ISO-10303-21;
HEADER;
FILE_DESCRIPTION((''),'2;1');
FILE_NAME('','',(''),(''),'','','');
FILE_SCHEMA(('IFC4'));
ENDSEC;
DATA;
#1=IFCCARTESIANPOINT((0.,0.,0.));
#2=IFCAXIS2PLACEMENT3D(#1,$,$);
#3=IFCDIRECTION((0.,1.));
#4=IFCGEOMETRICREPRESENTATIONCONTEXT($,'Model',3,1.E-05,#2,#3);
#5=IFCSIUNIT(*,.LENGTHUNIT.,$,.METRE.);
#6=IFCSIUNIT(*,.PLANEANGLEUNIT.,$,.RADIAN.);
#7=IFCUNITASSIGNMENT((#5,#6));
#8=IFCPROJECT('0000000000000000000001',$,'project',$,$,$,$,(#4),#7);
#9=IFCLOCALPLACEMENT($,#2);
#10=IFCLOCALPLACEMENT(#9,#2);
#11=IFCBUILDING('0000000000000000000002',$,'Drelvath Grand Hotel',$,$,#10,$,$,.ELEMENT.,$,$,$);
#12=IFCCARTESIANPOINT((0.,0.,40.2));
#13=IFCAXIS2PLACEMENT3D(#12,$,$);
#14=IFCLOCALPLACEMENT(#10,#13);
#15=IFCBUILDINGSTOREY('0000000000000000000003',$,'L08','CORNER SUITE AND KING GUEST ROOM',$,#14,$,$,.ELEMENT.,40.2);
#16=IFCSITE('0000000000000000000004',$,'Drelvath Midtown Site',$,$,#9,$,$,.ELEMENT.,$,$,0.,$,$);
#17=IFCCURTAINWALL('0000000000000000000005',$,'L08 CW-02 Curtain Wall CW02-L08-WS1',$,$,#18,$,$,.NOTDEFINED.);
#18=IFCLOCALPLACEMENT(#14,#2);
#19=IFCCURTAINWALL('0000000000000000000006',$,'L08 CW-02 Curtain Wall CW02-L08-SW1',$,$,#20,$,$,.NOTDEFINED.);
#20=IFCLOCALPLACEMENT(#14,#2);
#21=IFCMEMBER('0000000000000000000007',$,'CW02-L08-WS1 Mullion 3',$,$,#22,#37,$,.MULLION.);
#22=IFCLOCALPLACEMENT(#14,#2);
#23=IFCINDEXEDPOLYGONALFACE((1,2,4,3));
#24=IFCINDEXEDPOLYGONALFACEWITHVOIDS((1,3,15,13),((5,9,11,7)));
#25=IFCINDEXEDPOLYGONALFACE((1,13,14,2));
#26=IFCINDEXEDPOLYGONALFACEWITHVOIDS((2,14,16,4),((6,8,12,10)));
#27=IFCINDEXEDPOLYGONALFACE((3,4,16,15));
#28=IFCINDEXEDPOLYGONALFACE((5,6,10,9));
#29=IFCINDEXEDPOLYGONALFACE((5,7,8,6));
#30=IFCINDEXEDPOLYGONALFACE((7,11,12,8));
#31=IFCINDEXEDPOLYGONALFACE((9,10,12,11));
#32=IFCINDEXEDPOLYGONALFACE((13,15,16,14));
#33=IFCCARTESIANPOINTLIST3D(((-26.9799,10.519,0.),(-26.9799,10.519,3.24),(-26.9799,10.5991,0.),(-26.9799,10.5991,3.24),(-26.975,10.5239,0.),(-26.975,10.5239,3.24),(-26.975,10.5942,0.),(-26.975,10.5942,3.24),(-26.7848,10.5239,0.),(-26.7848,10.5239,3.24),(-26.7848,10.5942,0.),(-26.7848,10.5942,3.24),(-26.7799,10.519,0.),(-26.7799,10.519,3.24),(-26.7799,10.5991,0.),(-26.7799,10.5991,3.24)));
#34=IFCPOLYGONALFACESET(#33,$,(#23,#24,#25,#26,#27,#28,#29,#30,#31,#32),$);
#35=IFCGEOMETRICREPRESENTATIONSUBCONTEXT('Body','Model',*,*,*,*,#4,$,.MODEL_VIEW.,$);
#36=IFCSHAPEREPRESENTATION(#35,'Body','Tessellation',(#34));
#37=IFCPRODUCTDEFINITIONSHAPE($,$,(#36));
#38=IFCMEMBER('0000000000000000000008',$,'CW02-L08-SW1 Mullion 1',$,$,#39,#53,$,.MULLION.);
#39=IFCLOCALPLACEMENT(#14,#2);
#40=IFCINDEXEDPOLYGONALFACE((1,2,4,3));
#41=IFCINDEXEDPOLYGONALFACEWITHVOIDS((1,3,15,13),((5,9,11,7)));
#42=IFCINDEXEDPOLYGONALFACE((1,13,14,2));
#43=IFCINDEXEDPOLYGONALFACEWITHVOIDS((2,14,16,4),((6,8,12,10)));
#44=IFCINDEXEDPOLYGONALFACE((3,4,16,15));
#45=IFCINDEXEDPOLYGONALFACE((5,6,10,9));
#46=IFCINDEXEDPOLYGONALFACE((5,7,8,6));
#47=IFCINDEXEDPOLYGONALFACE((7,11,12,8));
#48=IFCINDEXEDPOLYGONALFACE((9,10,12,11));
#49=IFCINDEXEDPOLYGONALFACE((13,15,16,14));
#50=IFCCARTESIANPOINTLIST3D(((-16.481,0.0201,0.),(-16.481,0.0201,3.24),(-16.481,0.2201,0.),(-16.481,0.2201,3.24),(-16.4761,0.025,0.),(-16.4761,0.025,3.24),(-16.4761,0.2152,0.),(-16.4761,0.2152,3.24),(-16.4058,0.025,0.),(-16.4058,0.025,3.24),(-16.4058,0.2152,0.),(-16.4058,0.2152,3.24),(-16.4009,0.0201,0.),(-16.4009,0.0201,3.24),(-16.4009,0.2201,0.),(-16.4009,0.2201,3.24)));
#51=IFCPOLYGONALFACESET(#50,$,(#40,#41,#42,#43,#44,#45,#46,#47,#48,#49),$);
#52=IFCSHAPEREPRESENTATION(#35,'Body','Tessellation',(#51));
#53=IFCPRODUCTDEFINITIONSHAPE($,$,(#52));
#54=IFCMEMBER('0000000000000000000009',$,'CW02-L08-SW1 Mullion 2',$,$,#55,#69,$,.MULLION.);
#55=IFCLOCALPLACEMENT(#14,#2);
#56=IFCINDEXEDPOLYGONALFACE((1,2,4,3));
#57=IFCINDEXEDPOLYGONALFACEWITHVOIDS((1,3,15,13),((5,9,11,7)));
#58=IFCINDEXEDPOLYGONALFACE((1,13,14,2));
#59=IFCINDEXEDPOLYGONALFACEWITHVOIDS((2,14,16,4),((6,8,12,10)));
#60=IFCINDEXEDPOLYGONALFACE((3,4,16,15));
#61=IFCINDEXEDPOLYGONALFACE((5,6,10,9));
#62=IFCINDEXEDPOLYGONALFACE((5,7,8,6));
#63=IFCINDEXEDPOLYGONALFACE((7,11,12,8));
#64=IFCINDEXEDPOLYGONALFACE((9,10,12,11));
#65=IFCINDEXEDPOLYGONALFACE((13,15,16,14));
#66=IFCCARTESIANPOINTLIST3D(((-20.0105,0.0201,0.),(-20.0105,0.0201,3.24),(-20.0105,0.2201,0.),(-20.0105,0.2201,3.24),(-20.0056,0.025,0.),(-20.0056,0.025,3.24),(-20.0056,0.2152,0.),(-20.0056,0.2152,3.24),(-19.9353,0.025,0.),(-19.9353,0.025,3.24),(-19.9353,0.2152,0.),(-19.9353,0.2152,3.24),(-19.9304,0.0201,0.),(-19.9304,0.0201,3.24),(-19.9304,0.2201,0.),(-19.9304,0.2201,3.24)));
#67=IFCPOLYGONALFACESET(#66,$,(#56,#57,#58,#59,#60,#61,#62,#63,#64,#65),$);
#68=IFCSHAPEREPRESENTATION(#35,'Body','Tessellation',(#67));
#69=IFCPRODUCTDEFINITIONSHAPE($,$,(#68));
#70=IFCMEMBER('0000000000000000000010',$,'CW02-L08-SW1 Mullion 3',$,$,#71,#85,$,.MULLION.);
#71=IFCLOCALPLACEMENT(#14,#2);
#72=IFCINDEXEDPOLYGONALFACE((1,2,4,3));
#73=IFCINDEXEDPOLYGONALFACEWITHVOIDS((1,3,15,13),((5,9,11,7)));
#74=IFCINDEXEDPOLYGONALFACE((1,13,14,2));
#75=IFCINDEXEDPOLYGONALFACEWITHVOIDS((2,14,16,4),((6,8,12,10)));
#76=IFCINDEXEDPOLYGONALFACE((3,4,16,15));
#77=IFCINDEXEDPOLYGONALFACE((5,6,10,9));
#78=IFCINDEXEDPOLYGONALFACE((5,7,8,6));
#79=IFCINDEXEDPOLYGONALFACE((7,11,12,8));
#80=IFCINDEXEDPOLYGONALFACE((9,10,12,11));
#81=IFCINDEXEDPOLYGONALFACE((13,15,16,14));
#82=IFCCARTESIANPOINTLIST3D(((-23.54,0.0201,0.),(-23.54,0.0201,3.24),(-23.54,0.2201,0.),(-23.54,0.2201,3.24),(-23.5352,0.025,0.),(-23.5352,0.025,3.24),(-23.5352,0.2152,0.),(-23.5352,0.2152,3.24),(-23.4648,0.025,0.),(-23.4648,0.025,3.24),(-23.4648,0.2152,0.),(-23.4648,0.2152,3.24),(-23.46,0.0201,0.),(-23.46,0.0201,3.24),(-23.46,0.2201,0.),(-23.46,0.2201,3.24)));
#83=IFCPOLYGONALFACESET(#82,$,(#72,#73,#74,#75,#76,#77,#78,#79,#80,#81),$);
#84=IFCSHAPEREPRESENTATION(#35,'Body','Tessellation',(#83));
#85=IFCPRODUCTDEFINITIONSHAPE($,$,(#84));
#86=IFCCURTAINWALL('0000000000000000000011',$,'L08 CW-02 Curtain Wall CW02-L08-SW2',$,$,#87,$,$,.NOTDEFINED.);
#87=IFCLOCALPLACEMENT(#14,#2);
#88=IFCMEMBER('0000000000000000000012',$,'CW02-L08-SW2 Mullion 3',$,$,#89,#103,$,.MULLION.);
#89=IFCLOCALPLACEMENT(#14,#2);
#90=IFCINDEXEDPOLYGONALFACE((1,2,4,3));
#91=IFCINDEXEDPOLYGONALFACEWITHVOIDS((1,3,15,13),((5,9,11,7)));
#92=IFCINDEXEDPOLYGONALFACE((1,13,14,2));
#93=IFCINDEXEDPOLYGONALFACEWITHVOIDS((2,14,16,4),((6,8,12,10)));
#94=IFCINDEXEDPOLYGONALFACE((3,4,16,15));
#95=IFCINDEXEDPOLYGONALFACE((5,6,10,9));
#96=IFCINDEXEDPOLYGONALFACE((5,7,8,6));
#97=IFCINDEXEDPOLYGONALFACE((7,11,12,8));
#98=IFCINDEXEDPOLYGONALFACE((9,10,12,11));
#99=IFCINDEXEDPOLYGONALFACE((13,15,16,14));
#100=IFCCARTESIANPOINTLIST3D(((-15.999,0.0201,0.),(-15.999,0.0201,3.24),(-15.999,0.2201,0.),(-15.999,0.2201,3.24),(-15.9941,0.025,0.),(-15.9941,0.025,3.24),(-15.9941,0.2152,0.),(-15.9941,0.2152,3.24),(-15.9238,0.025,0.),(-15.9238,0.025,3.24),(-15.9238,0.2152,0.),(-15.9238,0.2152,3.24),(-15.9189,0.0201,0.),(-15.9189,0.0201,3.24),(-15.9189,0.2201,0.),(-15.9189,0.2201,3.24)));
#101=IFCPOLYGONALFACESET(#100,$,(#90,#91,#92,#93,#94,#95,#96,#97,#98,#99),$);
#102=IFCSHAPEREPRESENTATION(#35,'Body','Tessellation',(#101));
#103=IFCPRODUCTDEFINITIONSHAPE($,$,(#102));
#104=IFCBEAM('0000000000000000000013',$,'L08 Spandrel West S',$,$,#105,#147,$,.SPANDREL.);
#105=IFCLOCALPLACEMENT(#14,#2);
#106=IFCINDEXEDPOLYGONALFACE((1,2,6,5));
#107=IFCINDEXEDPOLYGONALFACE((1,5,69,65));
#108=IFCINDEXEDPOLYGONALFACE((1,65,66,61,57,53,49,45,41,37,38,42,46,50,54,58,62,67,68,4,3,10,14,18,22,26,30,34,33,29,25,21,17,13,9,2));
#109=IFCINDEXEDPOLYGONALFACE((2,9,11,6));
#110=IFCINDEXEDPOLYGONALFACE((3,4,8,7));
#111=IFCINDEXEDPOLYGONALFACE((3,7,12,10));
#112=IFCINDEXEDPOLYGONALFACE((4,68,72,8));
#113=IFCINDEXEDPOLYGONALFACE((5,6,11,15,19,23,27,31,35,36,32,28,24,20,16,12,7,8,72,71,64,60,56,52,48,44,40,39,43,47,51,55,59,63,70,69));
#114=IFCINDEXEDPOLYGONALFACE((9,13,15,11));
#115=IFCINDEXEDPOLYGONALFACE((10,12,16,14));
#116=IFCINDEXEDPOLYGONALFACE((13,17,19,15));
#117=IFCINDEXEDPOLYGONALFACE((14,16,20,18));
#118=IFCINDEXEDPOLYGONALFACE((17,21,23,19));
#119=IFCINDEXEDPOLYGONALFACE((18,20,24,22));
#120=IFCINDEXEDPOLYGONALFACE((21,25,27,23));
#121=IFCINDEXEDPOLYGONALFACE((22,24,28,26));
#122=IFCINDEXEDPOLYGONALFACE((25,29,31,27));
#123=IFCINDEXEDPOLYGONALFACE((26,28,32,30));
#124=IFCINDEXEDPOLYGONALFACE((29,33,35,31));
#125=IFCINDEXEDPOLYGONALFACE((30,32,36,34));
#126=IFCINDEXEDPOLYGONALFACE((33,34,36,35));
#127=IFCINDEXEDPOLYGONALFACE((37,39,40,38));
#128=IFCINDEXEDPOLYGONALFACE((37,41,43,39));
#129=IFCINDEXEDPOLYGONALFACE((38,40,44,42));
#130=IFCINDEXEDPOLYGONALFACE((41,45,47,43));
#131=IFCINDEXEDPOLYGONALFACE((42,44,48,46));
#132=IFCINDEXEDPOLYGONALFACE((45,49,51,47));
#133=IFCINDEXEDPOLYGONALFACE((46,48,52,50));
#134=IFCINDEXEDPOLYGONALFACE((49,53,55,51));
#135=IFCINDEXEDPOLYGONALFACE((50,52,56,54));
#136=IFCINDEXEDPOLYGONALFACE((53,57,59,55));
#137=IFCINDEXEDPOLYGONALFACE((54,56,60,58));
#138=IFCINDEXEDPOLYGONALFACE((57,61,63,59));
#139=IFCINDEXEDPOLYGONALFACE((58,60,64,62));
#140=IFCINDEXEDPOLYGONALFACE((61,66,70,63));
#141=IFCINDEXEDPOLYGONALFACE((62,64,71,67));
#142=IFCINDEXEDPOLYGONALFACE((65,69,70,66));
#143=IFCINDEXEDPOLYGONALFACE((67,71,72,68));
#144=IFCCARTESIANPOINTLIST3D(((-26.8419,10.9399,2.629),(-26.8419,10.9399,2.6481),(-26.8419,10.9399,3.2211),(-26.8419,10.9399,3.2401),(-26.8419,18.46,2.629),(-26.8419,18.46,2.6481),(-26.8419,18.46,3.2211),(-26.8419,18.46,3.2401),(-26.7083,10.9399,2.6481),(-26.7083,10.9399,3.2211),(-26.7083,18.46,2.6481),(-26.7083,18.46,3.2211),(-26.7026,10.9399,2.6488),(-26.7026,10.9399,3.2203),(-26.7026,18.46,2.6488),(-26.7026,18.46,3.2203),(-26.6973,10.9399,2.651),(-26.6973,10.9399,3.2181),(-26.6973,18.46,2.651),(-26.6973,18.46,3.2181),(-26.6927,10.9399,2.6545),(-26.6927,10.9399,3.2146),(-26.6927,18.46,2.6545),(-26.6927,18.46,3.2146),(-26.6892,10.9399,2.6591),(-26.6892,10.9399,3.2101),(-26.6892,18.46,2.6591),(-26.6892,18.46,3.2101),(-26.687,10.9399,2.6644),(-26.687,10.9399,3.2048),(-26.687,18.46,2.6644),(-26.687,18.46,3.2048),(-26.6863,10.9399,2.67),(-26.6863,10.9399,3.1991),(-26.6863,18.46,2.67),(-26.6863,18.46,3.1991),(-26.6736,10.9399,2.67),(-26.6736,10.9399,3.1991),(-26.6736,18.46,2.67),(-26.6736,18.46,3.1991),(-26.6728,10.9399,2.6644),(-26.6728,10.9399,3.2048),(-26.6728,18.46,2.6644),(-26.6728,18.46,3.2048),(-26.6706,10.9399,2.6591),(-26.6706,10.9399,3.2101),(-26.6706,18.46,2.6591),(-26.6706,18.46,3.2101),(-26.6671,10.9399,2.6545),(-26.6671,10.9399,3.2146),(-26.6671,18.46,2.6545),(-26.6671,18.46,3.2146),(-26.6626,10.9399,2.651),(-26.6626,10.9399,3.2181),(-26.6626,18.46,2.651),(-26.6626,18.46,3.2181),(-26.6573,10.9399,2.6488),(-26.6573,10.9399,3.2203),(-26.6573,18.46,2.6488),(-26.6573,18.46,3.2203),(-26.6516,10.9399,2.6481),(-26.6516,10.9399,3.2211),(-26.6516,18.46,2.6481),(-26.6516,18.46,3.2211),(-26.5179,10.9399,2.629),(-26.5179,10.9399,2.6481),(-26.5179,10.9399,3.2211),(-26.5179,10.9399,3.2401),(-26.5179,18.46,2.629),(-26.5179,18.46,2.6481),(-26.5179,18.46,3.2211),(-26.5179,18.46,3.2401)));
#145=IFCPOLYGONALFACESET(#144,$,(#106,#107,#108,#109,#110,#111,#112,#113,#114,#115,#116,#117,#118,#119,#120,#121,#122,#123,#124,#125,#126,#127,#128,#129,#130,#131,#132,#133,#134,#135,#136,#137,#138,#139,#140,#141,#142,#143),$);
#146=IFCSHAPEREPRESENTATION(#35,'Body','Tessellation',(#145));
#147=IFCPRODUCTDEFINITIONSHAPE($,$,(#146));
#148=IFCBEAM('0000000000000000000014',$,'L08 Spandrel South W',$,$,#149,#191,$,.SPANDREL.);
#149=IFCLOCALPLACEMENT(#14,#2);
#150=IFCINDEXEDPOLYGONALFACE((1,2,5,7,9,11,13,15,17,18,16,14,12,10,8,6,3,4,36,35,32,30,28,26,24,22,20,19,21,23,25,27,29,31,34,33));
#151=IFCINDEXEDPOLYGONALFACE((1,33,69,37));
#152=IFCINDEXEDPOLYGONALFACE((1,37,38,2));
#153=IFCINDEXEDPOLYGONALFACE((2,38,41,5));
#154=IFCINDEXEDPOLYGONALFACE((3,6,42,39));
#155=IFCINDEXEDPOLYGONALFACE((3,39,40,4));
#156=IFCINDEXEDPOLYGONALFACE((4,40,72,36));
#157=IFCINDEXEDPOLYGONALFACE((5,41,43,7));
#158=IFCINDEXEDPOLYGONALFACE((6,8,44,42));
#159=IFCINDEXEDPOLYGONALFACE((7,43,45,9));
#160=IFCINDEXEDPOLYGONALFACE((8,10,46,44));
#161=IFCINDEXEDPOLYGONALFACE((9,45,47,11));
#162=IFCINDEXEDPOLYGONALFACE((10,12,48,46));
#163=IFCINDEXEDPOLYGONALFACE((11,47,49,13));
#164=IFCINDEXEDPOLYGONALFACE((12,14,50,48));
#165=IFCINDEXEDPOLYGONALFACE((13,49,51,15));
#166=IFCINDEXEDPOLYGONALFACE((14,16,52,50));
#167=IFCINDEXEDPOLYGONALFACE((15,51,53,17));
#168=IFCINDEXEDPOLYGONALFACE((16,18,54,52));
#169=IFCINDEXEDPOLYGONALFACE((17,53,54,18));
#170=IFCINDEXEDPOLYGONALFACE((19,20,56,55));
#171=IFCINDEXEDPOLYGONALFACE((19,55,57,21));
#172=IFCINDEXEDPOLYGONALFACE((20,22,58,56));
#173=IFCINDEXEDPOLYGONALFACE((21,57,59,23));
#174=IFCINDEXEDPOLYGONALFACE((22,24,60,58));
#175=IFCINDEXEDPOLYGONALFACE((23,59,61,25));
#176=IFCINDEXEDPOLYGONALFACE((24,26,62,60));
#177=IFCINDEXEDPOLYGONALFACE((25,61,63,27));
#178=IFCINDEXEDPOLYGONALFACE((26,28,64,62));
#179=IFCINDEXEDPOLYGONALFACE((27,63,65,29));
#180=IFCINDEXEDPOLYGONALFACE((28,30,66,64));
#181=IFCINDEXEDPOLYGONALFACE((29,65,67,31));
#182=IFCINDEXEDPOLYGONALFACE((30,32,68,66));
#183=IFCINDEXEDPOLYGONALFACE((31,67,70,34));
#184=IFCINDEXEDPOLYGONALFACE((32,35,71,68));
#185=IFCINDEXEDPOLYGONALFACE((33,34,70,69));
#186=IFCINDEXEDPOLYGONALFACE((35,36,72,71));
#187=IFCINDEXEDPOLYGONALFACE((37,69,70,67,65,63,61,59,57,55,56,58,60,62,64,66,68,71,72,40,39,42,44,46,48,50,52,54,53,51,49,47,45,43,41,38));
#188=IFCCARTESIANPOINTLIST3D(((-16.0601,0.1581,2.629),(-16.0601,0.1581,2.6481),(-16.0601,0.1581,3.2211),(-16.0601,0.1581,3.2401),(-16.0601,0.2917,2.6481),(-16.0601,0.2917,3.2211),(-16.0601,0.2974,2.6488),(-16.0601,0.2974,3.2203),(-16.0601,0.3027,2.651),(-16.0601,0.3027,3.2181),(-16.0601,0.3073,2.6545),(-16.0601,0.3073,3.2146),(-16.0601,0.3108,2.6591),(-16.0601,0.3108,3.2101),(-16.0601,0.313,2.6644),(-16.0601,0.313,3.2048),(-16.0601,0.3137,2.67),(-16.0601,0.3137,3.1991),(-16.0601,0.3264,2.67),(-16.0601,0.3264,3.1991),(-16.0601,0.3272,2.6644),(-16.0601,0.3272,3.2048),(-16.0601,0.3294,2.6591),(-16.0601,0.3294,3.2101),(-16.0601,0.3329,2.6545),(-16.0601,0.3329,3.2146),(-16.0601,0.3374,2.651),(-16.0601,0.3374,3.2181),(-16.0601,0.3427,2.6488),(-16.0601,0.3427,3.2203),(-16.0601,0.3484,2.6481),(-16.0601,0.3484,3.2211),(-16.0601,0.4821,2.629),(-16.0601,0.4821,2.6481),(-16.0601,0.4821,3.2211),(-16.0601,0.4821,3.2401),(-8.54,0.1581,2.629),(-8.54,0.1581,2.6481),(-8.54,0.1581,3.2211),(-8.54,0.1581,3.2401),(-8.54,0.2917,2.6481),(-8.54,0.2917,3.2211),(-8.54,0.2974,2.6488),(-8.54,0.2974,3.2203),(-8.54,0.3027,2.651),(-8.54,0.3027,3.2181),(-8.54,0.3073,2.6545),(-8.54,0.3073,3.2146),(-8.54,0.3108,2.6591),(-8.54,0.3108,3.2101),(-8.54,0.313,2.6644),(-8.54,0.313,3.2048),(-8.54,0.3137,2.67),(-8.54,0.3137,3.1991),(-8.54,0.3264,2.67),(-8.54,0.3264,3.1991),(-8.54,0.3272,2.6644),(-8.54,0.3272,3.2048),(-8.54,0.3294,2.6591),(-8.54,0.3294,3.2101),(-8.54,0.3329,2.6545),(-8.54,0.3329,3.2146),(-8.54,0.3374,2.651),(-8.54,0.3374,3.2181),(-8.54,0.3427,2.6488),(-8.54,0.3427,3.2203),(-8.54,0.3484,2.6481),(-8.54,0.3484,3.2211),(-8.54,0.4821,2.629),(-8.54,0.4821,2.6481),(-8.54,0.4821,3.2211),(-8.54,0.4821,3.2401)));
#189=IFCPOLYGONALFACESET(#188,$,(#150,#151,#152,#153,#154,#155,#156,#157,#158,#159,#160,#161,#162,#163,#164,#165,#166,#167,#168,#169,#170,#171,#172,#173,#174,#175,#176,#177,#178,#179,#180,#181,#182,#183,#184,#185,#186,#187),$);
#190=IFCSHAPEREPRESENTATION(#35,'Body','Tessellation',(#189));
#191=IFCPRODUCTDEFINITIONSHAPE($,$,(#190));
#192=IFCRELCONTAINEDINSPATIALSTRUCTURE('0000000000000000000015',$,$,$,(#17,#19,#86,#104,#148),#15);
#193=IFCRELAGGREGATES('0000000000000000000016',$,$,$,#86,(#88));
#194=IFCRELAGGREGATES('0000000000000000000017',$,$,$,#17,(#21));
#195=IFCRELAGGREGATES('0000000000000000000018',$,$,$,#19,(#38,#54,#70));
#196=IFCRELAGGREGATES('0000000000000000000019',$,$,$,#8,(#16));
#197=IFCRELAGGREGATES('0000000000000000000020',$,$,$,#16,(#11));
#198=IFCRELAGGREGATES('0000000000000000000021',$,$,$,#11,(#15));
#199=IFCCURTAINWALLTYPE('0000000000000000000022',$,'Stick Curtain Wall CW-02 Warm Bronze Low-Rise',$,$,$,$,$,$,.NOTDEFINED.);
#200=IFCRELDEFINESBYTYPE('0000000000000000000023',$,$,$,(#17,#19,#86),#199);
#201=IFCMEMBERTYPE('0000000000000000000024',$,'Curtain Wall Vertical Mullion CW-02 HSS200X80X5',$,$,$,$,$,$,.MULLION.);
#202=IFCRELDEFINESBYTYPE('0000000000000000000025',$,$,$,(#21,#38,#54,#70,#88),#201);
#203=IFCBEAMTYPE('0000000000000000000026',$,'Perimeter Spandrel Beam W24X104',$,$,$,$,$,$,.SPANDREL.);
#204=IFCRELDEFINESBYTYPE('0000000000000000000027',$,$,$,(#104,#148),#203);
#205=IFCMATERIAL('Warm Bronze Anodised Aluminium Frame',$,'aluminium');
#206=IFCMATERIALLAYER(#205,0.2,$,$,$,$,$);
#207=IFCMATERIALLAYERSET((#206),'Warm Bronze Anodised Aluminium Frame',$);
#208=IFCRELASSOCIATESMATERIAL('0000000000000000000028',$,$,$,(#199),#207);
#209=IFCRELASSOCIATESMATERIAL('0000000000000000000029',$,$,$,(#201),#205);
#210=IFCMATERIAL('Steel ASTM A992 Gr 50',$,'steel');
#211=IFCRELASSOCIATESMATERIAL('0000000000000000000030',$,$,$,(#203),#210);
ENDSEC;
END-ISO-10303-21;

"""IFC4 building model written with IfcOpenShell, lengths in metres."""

from ifc_helpers import new_model, si_unit, direction, frame, origin, origin_2d, place, context, subcontext, project, spatial, hollow_rectangle, i_section, extrude, material, layer, layer_set, material_profile, profile_set, type_object, element, aggregate, save


model = new_model("IFC4")

# Units and contexts
model_context = context("Model", 3, precision=1e-05, world=origin(), true_north=direction((0.0, 1.0)))
body_context = subcontext(model_context, "Body", "Model", "MODEL_VIEW")
ifc_project = project(units=[si_unit("LENGTHUNIT", "METRE"), si_unit("PLANEANGLEUNIT", "RADIAN")], contexts=[model_context])

# Site, building, storey
site_placement = place(None, origin())
site = spatial("IfcSite", under=ifc_project, at=site_placement, Name="Drelvath Midtown Site", CompositionType="ELEMENT", RefElevation=0.0)
building_placement = place(site_placement, origin())
building = spatial("IfcBuilding", under=site, at=building_placement, Name="Drelvath Grand Hotel", CompositionType="ELEMENT")
storey_placement = place(building_placement, frame((0.0, 0.0, 40.2)))
storey = spatial("IfcBuildingStorey", under=building, at=storey_placement, Name="L08", Description="CORNER SUITE AND KING GUEST ROOM", CompositionType="ELEMENT", Elevation=40.2)

# Curtain walls
ifc_material_1 = material(Name="Warm Bronze Anodised Aluminium Frame", Category="aluminium")
ifc_layer_1 = layer(ifc_material_1, 0.2)
ifc_layer_set_1 = layer_set([ifc_layer_1], Name="Warm Bronze Anodised Aluminium Frame")
curtain_wall_type = type_object("IfcCurtainWallType", Name="Stick Curtain Wall CW-02 Warm Bronze Low-Rise", PredefinedType="NOTDEFINED", material=ifc_layer_set_1)
curtain_wall_1_placement = place(storey_placement, origin())
curtain_wall_1 = element("IfcCurtainWall", 1, at=curtain_wall_1_placement, inside=storey, type_object=curtain_wall_type, Name="L08 CW-02 Curtain Wall CW02-L08-WS1", PredefinedType="NOTDEFINED")
curtain_wall_2_placement = place(storey_placement, origin())
curtain_wall_2 = element("IfcCurtainWall", 2, at=curtain_wall_2_placement, inside=storey, type_object=curtain_wall_type, Name="L08 CW-02 Curtain Wall CW02-L08-SW1", PredefinedType="NOTDEFINED")

# Members
ifc_material_profile_1 = material_profile(ifc_material_1, hollow_rectangle(XDim=0.0801, YDim=0.2, WallThickness=0.0049, at=origin_2d()), Name="HSS200X80X5")
ifc_profile_set_1 = profile_set([ifc_material_profile_1], Name="Warm Bronze Anodised Aluminium Frame")
member_type_1 = type_object("IfcMemberType", Name="Curtain Wall Vertical Mullion CW-02 HSS200X80X5", PredefinedType="MULLION", material=ifc_profile_set_1)
member_1_placement = place(storey_placement, frame((-26.8799, 10.5591, 0.0), z_axis=(0.0, 0.0, 1.0), x_axis=(0.0, 1.0, 0.0)))
member_1 = element("IfcMember", 3, at=member_1_placement, type_object=member_type_1, Name="CW02-L08-WS1 Mullion 3", PredefinedType="MULLION", context=body_context, shape_type="SweptSolid", body=[
    extrude(hollow_rectangle(XDim=0.0801, YDim=0.2, WallThickness=0.0049, at=origin_2d()), origin(), (0.0, 0.0, 1.0), 3.24),
])
member_2_placement = place(storey_placement, frame((-16.4409, 0.1201, 0.0), z_axis=(0.0, 0.0, 1.0), x_axis=(1.0, 0.0, 0.0)))
member_2 = element("IfcMember", 4, at=member_2_placement, type_object=member_type_1, Name="CW02-L08-SW1 Mullion 1", PredefinedType="MULLION", context=body_context, shape_type="SweptSolid", body=[
    extrude(hollow_rectangle(XDim=0.0801, YDim=0.2, WallThickness=0.0049, at=origin_2d()), origin(), (0.0, 0.0, 1.0), 3.24),
])
member_3_placement = place(storey_placement, frame((-19.9705, 0.1201, 0.0), z_axis=(0.0, 0.0, 1.0), x_axis=(1.0, 0.0, 0.0)))
member_3 = element("IfcMember", 5, at=member_3_placement, type_object=member_type_1, Name="CW02-L08-SW1 Mullion 2", PredefinedType="MULLION", context=body_context, shape_type="SweptSolid", body=[
    extrude(hollow_rectangle(XDim=0.0801, YDim=0.2, WallThickness=0.0049, at=origin_2d()), origin(), (0.0, 0.0, 1.0), 3.24),
])
member_4_placement = place(storey_placement, frame((-23.5, 0.1201, 0.0), z_axis=(0.0, 0.0, 1.0), x_axis=(1.0, 0.0, 0.0)))
member_4 = element("IfcMember", 6, at=member_4_placement, type_object=member_type_1, Name="CW02-L08-SW1 Mullion 3", PredefinedType="MULLION", context=body_context, shape_type="SweptSolid", body=[
    extrude(hollow_rectangle(XDim=0.0801, YDim=0.2, WallThickness=0.0049, at=origin_2d()), origin(), (0.0, 0.0, 1.0), 3.24),
])

# Curtain wall, member
curtain_wall_3_placement = place(storey_placement, origin())
curtain_wall_3 = element("IfcCurtainWall", 7, at=curtain_wall_3_placement, inside=storey, type_object=curtain_wall_type, Name="L08 CW-02 Curtain Wall CW02-L08-SW2", PredefinedType="NOTDEFINED")
member_5_placement = place(storey_placement, frame((-15.959, 0.1201, 0.0), z_axis=(0.0, 0.0, 1.0), x_axis=(1.0, 0.0, 0.0)))
member_5 = element("IfcMember", 8, at=member_5_placement, type_object=member_type_1, Name="CW02-L08-SW2 Mullion 3", PredefinedType="MULLION", context=body_context, shape_type="SweptSolid", body=[
    extrude(hollow_rectangle(XDim=0.0801, YDim=0.2, WallThickness=0.0049, at=origin_2d()), origin(), (0.0, 0.0, 1.0), 3.24),
])
aggregate(curtain_wall_3, [member_5])

# Beams
ifc_material_2 = material(Name="Steel ASTM A992 Gr 50", Category="steel")
ifc_material_profile_2 = material_profile(ifc_material_2, i_section(OverallWidth=0.324, OverallDepth=0.6111, WebThickness=0.0127, FlangeThickness=0.019, FilletRadius=0.022, at=origin_2d()), Name="W24X104")
ifc_profile_set_2 = profile_set([ifc_material_profile_2], Name="Steel ASTM A992 Gr 50")
beam_type_1 = type_object("IfcBeamType", Name="Perimeter Spandrel Beam W24X104", PredefinedType="SPANDREL", material=ifc_profile_set_2)
for number, where, z_axis, x_axis, name in (
    (9, (-26.6799, 10.9399, 2.9346), (0.0, 1.0, 0.0), (-1.0, 0.0, 0.0), "L08 Spandrel West S"),
    (10, (-16.0601, 0.3201, 2.9346), (1.0, 0.0, 0.0), (0.0, 1.0, 0.0), "L08 Spandrel South W"),
):
    element("IfcBeam", number, at=place(storey_placement, frame(where, z_axis=z_axis, x_axis=x_axis)), inside=storey, type_object=beam_type_1, Name=name, PredefinedType="SPANDREL", context=body_context, shape_type="SweptSolid", body=[
        extrude(i_section(OverallWidth=0.324, OverallDepth=0.6111, WebThickness=0.0127, FlangeThickness=0.019, FilletRadius=0.022, at=origin_2d()), origin(), (0.0, 0.0, 1.0), 7.52),
    ])

aggregate(curtain_wall_1, [member_1])
aggregate(curtain_wall_2, [member_2, member_3, member_4])

save(model, "model.ifc")
